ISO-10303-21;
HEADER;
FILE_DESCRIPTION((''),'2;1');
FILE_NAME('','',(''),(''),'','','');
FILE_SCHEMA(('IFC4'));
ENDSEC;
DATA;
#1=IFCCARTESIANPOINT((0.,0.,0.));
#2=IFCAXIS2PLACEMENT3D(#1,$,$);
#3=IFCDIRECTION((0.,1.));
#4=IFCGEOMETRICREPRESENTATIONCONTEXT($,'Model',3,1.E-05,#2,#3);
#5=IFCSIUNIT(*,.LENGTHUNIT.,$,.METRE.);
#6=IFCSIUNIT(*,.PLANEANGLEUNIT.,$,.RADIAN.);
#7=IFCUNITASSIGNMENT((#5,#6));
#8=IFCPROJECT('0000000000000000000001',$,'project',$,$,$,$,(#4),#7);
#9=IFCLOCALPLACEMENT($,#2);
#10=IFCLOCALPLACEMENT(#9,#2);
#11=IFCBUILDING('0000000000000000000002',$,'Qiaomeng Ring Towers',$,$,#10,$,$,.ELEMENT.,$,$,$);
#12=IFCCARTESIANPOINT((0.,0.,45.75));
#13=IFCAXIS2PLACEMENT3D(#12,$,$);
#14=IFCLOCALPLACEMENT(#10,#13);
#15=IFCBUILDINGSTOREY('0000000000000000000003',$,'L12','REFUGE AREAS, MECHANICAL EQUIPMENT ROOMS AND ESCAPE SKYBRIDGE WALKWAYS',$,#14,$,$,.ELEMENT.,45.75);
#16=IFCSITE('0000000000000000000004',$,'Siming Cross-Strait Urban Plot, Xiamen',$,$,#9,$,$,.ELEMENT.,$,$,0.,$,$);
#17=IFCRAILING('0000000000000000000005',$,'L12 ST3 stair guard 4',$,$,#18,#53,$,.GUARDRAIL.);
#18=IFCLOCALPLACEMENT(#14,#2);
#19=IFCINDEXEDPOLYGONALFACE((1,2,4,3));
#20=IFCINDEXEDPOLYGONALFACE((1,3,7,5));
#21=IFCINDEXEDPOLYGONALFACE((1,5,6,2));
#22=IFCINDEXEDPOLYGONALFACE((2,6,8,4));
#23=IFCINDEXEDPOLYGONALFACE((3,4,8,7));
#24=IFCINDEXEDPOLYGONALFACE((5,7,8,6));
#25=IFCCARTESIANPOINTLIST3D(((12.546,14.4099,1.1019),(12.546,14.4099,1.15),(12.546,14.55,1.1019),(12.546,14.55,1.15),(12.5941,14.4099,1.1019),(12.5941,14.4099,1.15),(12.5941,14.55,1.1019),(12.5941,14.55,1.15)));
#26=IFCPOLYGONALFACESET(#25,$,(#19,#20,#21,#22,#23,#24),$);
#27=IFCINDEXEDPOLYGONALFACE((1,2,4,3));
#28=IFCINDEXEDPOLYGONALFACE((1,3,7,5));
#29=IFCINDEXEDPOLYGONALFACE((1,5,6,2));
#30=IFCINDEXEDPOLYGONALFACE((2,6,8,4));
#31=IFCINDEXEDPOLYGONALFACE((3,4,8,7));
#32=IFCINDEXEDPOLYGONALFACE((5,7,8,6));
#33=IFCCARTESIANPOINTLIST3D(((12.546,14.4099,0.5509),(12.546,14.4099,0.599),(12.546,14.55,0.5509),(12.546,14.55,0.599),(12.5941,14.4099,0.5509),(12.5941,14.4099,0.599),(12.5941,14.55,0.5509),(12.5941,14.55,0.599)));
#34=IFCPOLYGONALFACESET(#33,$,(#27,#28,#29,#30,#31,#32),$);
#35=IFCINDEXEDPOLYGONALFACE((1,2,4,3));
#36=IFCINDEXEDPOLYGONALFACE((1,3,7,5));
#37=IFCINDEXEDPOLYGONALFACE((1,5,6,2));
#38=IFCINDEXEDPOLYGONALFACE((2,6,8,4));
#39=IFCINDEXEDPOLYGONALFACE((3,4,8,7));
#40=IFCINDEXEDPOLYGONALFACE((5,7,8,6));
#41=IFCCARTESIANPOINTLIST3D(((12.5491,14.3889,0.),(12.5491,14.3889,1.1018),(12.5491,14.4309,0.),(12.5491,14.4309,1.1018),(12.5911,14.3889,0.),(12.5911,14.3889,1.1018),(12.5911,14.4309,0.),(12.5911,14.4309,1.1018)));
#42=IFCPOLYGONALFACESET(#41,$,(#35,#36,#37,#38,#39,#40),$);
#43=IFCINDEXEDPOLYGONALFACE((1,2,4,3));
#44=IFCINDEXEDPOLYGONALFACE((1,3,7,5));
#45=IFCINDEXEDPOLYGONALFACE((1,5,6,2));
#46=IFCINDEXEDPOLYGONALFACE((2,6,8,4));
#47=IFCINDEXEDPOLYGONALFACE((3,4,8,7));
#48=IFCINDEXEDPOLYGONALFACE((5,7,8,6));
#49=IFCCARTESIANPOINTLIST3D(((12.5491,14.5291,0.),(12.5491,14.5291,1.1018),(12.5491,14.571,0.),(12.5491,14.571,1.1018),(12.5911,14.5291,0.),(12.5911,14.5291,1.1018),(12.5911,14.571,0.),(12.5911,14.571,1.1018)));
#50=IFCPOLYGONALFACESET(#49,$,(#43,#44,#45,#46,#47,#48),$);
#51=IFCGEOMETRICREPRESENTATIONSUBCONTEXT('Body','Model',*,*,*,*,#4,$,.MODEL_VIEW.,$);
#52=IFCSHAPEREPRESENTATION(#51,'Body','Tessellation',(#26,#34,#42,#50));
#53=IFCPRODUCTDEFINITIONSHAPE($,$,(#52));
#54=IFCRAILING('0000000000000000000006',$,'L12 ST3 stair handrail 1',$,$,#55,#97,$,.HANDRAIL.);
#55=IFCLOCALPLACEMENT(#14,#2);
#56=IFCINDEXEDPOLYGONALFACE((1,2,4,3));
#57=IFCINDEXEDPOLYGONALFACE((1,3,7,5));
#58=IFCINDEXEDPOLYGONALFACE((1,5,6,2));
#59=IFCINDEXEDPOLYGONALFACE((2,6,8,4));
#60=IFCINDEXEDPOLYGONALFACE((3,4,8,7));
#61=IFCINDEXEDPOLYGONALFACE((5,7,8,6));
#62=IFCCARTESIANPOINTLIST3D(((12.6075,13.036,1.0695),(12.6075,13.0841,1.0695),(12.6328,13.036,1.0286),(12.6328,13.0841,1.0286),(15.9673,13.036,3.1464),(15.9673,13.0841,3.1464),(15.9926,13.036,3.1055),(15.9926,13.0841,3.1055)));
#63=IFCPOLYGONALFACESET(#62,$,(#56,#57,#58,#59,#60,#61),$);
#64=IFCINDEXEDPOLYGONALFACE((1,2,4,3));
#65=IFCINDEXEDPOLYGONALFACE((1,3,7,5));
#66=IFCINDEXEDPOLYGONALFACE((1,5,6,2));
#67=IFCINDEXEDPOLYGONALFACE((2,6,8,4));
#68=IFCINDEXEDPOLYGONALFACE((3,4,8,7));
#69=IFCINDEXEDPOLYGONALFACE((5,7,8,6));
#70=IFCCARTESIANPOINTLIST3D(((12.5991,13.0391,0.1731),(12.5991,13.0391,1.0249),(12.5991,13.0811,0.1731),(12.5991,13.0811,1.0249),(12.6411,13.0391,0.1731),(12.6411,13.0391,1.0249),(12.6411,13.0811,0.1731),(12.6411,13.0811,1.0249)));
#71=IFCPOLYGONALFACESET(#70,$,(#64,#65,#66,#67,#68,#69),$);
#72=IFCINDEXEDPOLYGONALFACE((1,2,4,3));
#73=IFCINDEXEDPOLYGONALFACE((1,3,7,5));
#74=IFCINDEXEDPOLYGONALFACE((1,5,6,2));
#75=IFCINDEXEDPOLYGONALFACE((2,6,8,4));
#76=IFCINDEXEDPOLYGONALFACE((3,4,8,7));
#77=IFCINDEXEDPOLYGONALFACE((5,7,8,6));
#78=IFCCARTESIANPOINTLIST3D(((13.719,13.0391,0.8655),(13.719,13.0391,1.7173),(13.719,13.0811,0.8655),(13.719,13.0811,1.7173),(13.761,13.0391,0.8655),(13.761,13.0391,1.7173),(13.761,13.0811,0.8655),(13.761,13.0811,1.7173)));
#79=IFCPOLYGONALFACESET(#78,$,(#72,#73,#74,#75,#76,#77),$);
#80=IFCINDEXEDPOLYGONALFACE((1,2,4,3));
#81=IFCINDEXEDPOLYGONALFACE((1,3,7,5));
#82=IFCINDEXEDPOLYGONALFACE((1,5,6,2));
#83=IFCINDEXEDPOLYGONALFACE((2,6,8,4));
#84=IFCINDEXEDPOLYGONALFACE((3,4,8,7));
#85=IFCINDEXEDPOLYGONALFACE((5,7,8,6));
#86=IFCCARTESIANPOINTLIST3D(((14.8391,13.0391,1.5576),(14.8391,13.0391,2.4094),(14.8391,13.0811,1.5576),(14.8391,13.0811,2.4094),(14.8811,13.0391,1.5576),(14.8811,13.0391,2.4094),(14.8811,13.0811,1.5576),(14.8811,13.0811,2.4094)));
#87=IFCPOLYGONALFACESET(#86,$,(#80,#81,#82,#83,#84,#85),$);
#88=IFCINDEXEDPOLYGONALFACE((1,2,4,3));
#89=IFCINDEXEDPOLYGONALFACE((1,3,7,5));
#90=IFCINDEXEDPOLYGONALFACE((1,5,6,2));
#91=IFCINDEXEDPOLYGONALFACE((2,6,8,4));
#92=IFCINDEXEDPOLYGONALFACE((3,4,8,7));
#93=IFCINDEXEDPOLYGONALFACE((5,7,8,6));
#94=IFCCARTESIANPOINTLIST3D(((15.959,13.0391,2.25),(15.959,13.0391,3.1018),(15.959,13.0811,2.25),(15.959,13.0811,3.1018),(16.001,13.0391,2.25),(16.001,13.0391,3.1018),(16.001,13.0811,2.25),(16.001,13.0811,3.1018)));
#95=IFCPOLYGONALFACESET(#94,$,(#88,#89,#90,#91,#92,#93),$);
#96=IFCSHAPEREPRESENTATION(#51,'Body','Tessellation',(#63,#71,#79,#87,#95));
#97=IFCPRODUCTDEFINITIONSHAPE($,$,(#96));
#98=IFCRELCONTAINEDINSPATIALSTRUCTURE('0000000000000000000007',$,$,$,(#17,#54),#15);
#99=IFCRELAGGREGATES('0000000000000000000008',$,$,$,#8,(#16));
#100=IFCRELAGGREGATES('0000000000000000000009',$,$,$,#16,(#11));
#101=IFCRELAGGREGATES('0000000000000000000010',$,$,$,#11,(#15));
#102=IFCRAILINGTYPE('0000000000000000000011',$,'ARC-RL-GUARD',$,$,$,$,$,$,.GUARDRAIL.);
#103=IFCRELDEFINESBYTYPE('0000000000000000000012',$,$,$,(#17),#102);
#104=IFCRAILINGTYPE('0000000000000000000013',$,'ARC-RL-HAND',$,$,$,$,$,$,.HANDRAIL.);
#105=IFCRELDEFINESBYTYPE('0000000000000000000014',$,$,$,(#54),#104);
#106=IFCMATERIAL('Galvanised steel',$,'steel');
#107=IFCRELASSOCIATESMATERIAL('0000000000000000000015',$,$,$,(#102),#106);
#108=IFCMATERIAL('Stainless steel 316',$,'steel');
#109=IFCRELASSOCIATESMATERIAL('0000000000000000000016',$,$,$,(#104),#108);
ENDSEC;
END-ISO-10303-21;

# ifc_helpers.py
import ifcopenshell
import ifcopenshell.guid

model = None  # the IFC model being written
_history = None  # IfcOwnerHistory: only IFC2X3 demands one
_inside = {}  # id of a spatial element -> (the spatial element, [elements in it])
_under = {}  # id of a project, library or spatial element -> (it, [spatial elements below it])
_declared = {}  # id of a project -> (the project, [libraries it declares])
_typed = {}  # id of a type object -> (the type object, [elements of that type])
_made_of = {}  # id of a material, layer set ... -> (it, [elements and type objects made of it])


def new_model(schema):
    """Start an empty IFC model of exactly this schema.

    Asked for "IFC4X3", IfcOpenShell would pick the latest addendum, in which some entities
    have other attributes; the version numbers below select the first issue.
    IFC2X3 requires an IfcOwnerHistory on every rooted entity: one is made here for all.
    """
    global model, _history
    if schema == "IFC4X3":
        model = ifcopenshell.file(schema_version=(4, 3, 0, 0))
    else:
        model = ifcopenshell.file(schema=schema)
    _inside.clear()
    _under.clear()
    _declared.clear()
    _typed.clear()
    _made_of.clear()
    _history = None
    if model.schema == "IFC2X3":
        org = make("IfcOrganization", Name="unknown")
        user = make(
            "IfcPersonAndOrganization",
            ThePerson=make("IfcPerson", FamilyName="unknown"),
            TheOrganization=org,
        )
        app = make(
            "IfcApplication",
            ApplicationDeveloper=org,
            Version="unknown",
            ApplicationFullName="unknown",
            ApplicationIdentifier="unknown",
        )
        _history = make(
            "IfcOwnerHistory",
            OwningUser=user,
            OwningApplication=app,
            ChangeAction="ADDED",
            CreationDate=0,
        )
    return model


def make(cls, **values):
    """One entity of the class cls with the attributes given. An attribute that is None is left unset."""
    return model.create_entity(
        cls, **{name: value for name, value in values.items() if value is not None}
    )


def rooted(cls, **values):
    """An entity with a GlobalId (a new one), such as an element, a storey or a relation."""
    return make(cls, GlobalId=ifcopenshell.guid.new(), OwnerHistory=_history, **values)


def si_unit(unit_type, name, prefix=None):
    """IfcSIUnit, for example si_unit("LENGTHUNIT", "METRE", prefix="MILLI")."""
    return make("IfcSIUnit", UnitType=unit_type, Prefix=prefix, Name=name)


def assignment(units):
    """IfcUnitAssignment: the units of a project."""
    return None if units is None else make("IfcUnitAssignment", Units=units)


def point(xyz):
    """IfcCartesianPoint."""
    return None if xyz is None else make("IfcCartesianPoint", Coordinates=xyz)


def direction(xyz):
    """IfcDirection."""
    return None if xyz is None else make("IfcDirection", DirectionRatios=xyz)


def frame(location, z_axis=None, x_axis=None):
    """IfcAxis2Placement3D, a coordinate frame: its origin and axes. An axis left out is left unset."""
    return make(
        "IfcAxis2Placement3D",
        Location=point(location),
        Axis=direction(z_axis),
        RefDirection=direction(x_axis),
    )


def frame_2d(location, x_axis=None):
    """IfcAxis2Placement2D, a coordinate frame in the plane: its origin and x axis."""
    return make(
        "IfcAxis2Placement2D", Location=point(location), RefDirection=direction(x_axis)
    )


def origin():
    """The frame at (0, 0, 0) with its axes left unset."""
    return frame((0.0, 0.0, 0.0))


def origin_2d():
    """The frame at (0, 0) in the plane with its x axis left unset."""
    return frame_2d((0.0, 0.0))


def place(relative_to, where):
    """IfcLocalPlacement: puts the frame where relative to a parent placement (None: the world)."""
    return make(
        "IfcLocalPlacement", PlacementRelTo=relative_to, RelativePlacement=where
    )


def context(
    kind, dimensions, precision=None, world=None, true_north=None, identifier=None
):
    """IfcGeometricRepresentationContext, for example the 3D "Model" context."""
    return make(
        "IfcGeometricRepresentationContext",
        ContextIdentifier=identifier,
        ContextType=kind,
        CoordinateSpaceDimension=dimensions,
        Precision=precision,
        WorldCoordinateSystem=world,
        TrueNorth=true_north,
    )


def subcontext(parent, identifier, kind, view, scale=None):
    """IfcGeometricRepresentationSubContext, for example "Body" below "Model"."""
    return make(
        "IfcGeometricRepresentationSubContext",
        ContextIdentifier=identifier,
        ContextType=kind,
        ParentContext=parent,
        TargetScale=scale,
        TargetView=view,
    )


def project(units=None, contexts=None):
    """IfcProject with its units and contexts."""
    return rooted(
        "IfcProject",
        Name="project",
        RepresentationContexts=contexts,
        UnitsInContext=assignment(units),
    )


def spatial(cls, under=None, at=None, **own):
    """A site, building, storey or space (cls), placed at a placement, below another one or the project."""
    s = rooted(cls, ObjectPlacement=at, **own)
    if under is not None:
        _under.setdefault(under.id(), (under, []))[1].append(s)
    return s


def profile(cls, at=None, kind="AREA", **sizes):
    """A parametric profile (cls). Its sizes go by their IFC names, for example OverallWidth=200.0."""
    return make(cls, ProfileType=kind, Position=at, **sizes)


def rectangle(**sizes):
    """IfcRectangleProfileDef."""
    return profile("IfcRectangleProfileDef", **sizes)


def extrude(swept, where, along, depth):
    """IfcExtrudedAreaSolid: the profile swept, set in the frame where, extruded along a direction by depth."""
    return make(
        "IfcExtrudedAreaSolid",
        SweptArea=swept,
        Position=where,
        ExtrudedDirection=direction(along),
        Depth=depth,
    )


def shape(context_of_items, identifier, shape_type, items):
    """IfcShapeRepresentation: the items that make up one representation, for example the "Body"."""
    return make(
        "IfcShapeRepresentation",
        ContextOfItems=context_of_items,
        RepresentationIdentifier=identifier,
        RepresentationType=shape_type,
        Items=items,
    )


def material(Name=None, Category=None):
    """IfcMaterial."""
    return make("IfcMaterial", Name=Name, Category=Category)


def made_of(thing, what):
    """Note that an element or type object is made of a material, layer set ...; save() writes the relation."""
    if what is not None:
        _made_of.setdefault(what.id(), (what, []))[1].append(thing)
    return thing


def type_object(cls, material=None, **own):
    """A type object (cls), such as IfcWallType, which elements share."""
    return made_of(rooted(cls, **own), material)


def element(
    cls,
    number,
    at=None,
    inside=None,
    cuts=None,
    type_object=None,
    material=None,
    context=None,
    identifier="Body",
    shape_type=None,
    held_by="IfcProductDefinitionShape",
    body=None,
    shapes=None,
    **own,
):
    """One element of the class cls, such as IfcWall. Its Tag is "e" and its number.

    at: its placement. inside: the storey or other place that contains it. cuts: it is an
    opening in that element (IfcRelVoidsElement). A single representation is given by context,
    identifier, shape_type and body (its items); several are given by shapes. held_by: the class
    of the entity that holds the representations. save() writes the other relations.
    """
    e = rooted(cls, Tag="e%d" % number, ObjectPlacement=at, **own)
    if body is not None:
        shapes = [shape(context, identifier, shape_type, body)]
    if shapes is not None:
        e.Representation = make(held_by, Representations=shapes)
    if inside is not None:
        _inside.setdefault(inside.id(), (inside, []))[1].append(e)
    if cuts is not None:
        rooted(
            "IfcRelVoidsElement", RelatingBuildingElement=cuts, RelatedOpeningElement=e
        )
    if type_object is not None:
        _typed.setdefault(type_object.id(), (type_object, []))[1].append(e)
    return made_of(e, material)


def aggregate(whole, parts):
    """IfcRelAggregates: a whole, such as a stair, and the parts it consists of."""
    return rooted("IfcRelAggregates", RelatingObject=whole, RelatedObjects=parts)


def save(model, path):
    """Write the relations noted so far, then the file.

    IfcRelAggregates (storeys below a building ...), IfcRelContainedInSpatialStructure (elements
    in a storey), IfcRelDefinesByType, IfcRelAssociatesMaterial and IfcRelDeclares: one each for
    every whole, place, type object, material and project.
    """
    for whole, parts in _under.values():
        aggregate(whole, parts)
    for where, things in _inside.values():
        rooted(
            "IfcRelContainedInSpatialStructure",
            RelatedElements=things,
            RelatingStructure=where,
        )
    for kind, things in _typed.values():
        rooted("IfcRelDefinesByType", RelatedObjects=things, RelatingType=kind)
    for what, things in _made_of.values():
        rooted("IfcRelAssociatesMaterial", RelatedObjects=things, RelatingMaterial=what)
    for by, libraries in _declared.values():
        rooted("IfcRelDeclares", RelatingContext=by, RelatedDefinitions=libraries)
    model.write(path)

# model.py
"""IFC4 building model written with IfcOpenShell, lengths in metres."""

from ifc_helpers import new_model, si_unit, direction, frame, origin, origin_2d, place, context, subcontext, project, spatial, rectangle, extrude, material, type_object, element, save


model = new_model("IFC4")

# Units and contexts
model_context = context("Model", 3, precision=1e-05, world=origin(), true_north=direction((0.0, 1.0)))
body_context = subcontext(model_context, "Body", "Model", "MODEL_VIEW")
ifc_project = project(units=[si_unit("LENGTHUNIT", "METRE"), si_unit("PLANEANGLEUNIT", "RADIAN")], contexts=[model_context])

# Site, building, storey
site_placement = place(None, origin())
site = spatial("IfcSite", under=ifc_project, at=site_placement, Name="Siming Cross-Strait Urban Plot, Xiamen", CompositionType="ELEMENT", RefElevation=0.0)
building_placement = place(site_placement, origin())
building = spatial("IfcBuilding", under=site, at=building_placement, Name="Qiaomeng Ring Towers", CompositionType="ELEMENT")
storey_placement = place(building_placement, frame((0.0, 0.0, 45.75)))
storey = spatial("IfcBuildingStorey", under=building, at=storey_placement, Name="L12", Description="REFUGE AREAS, MECHANICAL EQUIPMENT ROOMS AND ESCAPE SKYBRIDGE WALKWAYS", CompositionType="ELEMENT", Elevation=45.75)

# Shared definitions
ifc_material_1 = material(Name="Galvanised steel", Category="steel")

# Shared definitions
ifc_material_2 = material(Name="Stainless steel 316", Category="steel")

# Railings
railing_type_1 = type_object("IfcRailingType", Name="ARC-RL-GUARD", PredefinedType="GUARDRAIL", material=ifc_material_1)
railing_1_placement = place(storey_placement, frame((12.5701, 14.4099, 0.0)))
element("IfcRailing", 1, at=railing_1_placement, inside=storey, type_object=railing_type_1, Name="L12 ST3 stair guard 4", PredefinedType="GUARDRAIL", context=body_context, shape_type="SweptSolid", body=[
    extrude(rectangle(XDim=0.0481, YDim=0.0481, at=origin_2d()), frame((0.0, 0.0, 1.126), z_axis=(0.0, 1.0, 0.0), x_axis=(-1.0, 0.0, 0.0)), (0.0, 0.0, 1.0), 0.1401),
    extrude(rectangle(XDim=0.0481, YDim=0.0481, at=origin_2d()), frame((0.0, 0.0, 0.575), z_axis=(0.0, 1.0, 0.0), x_axis=(-1.0, 0.0, 0.0)), (0.0, 0.0, 1.0), 0.1401),
    extrude(rectangle(XDim=0.042, YDim=0.042, at=origin_2d()), origin(), (0.0, 0.0, 1.0), 1.1018),
    extrude(rectangle(XDim=0.042, YDim=0.042, at=origin_2d()), frame((0.0, 0.1401, 0.0)), (0.0, 0.0, 1.0), 1.1018),
])
railing_type_2 = type_object("IfcRailingType", Name="ARC-RL-HAND", PredefinedType="HANDRAIL", material=ifc_material_2)
railing_2_placement = place(storey_placement, frame((12.6201, 13.0601, 0.1731)))
element("IfcRailing", 2, at=railing_2_placement, inside=storey, type_object=railing_type_2, Name="L12 ST3 stair handrail 1", PredefinedType="HANDRAIL", context=body_context, shape_type="SweptSolid", body=[
    extrude(rectangle(XDim=0.0481, YDim=0.0481, at=origin_2d()), frame((0.0, 0.0, 0.876), z_axis=(0.850606, 0.0, 0.525803), x_axis=(0.0, 1.0, 0.0)), (0.0, 0.0, 1.0), 3.95),
    extrude(rectangle(XDim=0.042, YDim=0.042, at=origin_2d()), origin(), (0.0, 0.0, 1.0), 0.8518),
    extrude(rectangle(XDim=0.042, YDim=0.042, at=origin_2d()), frame((1.1199, 0.0, 0.6924)), (0.0, 0.0, 1.0), 0.8518),
    extrude(rectangle(XDim=0.042, YDim=0.042, at=origin_2d()), frame((2.24, 0.0, 1.3845)), (0.0, 0.0, 1.0), 0.8518),
    extrude(rectangle(XDim=0.042, YDim=0.042, at=origin_2d()), frame((3.3599, 0.0, 2.0769)), (0.0, 0.0, 1.0), 0.8518),
])

save(model, "model.ifc")
